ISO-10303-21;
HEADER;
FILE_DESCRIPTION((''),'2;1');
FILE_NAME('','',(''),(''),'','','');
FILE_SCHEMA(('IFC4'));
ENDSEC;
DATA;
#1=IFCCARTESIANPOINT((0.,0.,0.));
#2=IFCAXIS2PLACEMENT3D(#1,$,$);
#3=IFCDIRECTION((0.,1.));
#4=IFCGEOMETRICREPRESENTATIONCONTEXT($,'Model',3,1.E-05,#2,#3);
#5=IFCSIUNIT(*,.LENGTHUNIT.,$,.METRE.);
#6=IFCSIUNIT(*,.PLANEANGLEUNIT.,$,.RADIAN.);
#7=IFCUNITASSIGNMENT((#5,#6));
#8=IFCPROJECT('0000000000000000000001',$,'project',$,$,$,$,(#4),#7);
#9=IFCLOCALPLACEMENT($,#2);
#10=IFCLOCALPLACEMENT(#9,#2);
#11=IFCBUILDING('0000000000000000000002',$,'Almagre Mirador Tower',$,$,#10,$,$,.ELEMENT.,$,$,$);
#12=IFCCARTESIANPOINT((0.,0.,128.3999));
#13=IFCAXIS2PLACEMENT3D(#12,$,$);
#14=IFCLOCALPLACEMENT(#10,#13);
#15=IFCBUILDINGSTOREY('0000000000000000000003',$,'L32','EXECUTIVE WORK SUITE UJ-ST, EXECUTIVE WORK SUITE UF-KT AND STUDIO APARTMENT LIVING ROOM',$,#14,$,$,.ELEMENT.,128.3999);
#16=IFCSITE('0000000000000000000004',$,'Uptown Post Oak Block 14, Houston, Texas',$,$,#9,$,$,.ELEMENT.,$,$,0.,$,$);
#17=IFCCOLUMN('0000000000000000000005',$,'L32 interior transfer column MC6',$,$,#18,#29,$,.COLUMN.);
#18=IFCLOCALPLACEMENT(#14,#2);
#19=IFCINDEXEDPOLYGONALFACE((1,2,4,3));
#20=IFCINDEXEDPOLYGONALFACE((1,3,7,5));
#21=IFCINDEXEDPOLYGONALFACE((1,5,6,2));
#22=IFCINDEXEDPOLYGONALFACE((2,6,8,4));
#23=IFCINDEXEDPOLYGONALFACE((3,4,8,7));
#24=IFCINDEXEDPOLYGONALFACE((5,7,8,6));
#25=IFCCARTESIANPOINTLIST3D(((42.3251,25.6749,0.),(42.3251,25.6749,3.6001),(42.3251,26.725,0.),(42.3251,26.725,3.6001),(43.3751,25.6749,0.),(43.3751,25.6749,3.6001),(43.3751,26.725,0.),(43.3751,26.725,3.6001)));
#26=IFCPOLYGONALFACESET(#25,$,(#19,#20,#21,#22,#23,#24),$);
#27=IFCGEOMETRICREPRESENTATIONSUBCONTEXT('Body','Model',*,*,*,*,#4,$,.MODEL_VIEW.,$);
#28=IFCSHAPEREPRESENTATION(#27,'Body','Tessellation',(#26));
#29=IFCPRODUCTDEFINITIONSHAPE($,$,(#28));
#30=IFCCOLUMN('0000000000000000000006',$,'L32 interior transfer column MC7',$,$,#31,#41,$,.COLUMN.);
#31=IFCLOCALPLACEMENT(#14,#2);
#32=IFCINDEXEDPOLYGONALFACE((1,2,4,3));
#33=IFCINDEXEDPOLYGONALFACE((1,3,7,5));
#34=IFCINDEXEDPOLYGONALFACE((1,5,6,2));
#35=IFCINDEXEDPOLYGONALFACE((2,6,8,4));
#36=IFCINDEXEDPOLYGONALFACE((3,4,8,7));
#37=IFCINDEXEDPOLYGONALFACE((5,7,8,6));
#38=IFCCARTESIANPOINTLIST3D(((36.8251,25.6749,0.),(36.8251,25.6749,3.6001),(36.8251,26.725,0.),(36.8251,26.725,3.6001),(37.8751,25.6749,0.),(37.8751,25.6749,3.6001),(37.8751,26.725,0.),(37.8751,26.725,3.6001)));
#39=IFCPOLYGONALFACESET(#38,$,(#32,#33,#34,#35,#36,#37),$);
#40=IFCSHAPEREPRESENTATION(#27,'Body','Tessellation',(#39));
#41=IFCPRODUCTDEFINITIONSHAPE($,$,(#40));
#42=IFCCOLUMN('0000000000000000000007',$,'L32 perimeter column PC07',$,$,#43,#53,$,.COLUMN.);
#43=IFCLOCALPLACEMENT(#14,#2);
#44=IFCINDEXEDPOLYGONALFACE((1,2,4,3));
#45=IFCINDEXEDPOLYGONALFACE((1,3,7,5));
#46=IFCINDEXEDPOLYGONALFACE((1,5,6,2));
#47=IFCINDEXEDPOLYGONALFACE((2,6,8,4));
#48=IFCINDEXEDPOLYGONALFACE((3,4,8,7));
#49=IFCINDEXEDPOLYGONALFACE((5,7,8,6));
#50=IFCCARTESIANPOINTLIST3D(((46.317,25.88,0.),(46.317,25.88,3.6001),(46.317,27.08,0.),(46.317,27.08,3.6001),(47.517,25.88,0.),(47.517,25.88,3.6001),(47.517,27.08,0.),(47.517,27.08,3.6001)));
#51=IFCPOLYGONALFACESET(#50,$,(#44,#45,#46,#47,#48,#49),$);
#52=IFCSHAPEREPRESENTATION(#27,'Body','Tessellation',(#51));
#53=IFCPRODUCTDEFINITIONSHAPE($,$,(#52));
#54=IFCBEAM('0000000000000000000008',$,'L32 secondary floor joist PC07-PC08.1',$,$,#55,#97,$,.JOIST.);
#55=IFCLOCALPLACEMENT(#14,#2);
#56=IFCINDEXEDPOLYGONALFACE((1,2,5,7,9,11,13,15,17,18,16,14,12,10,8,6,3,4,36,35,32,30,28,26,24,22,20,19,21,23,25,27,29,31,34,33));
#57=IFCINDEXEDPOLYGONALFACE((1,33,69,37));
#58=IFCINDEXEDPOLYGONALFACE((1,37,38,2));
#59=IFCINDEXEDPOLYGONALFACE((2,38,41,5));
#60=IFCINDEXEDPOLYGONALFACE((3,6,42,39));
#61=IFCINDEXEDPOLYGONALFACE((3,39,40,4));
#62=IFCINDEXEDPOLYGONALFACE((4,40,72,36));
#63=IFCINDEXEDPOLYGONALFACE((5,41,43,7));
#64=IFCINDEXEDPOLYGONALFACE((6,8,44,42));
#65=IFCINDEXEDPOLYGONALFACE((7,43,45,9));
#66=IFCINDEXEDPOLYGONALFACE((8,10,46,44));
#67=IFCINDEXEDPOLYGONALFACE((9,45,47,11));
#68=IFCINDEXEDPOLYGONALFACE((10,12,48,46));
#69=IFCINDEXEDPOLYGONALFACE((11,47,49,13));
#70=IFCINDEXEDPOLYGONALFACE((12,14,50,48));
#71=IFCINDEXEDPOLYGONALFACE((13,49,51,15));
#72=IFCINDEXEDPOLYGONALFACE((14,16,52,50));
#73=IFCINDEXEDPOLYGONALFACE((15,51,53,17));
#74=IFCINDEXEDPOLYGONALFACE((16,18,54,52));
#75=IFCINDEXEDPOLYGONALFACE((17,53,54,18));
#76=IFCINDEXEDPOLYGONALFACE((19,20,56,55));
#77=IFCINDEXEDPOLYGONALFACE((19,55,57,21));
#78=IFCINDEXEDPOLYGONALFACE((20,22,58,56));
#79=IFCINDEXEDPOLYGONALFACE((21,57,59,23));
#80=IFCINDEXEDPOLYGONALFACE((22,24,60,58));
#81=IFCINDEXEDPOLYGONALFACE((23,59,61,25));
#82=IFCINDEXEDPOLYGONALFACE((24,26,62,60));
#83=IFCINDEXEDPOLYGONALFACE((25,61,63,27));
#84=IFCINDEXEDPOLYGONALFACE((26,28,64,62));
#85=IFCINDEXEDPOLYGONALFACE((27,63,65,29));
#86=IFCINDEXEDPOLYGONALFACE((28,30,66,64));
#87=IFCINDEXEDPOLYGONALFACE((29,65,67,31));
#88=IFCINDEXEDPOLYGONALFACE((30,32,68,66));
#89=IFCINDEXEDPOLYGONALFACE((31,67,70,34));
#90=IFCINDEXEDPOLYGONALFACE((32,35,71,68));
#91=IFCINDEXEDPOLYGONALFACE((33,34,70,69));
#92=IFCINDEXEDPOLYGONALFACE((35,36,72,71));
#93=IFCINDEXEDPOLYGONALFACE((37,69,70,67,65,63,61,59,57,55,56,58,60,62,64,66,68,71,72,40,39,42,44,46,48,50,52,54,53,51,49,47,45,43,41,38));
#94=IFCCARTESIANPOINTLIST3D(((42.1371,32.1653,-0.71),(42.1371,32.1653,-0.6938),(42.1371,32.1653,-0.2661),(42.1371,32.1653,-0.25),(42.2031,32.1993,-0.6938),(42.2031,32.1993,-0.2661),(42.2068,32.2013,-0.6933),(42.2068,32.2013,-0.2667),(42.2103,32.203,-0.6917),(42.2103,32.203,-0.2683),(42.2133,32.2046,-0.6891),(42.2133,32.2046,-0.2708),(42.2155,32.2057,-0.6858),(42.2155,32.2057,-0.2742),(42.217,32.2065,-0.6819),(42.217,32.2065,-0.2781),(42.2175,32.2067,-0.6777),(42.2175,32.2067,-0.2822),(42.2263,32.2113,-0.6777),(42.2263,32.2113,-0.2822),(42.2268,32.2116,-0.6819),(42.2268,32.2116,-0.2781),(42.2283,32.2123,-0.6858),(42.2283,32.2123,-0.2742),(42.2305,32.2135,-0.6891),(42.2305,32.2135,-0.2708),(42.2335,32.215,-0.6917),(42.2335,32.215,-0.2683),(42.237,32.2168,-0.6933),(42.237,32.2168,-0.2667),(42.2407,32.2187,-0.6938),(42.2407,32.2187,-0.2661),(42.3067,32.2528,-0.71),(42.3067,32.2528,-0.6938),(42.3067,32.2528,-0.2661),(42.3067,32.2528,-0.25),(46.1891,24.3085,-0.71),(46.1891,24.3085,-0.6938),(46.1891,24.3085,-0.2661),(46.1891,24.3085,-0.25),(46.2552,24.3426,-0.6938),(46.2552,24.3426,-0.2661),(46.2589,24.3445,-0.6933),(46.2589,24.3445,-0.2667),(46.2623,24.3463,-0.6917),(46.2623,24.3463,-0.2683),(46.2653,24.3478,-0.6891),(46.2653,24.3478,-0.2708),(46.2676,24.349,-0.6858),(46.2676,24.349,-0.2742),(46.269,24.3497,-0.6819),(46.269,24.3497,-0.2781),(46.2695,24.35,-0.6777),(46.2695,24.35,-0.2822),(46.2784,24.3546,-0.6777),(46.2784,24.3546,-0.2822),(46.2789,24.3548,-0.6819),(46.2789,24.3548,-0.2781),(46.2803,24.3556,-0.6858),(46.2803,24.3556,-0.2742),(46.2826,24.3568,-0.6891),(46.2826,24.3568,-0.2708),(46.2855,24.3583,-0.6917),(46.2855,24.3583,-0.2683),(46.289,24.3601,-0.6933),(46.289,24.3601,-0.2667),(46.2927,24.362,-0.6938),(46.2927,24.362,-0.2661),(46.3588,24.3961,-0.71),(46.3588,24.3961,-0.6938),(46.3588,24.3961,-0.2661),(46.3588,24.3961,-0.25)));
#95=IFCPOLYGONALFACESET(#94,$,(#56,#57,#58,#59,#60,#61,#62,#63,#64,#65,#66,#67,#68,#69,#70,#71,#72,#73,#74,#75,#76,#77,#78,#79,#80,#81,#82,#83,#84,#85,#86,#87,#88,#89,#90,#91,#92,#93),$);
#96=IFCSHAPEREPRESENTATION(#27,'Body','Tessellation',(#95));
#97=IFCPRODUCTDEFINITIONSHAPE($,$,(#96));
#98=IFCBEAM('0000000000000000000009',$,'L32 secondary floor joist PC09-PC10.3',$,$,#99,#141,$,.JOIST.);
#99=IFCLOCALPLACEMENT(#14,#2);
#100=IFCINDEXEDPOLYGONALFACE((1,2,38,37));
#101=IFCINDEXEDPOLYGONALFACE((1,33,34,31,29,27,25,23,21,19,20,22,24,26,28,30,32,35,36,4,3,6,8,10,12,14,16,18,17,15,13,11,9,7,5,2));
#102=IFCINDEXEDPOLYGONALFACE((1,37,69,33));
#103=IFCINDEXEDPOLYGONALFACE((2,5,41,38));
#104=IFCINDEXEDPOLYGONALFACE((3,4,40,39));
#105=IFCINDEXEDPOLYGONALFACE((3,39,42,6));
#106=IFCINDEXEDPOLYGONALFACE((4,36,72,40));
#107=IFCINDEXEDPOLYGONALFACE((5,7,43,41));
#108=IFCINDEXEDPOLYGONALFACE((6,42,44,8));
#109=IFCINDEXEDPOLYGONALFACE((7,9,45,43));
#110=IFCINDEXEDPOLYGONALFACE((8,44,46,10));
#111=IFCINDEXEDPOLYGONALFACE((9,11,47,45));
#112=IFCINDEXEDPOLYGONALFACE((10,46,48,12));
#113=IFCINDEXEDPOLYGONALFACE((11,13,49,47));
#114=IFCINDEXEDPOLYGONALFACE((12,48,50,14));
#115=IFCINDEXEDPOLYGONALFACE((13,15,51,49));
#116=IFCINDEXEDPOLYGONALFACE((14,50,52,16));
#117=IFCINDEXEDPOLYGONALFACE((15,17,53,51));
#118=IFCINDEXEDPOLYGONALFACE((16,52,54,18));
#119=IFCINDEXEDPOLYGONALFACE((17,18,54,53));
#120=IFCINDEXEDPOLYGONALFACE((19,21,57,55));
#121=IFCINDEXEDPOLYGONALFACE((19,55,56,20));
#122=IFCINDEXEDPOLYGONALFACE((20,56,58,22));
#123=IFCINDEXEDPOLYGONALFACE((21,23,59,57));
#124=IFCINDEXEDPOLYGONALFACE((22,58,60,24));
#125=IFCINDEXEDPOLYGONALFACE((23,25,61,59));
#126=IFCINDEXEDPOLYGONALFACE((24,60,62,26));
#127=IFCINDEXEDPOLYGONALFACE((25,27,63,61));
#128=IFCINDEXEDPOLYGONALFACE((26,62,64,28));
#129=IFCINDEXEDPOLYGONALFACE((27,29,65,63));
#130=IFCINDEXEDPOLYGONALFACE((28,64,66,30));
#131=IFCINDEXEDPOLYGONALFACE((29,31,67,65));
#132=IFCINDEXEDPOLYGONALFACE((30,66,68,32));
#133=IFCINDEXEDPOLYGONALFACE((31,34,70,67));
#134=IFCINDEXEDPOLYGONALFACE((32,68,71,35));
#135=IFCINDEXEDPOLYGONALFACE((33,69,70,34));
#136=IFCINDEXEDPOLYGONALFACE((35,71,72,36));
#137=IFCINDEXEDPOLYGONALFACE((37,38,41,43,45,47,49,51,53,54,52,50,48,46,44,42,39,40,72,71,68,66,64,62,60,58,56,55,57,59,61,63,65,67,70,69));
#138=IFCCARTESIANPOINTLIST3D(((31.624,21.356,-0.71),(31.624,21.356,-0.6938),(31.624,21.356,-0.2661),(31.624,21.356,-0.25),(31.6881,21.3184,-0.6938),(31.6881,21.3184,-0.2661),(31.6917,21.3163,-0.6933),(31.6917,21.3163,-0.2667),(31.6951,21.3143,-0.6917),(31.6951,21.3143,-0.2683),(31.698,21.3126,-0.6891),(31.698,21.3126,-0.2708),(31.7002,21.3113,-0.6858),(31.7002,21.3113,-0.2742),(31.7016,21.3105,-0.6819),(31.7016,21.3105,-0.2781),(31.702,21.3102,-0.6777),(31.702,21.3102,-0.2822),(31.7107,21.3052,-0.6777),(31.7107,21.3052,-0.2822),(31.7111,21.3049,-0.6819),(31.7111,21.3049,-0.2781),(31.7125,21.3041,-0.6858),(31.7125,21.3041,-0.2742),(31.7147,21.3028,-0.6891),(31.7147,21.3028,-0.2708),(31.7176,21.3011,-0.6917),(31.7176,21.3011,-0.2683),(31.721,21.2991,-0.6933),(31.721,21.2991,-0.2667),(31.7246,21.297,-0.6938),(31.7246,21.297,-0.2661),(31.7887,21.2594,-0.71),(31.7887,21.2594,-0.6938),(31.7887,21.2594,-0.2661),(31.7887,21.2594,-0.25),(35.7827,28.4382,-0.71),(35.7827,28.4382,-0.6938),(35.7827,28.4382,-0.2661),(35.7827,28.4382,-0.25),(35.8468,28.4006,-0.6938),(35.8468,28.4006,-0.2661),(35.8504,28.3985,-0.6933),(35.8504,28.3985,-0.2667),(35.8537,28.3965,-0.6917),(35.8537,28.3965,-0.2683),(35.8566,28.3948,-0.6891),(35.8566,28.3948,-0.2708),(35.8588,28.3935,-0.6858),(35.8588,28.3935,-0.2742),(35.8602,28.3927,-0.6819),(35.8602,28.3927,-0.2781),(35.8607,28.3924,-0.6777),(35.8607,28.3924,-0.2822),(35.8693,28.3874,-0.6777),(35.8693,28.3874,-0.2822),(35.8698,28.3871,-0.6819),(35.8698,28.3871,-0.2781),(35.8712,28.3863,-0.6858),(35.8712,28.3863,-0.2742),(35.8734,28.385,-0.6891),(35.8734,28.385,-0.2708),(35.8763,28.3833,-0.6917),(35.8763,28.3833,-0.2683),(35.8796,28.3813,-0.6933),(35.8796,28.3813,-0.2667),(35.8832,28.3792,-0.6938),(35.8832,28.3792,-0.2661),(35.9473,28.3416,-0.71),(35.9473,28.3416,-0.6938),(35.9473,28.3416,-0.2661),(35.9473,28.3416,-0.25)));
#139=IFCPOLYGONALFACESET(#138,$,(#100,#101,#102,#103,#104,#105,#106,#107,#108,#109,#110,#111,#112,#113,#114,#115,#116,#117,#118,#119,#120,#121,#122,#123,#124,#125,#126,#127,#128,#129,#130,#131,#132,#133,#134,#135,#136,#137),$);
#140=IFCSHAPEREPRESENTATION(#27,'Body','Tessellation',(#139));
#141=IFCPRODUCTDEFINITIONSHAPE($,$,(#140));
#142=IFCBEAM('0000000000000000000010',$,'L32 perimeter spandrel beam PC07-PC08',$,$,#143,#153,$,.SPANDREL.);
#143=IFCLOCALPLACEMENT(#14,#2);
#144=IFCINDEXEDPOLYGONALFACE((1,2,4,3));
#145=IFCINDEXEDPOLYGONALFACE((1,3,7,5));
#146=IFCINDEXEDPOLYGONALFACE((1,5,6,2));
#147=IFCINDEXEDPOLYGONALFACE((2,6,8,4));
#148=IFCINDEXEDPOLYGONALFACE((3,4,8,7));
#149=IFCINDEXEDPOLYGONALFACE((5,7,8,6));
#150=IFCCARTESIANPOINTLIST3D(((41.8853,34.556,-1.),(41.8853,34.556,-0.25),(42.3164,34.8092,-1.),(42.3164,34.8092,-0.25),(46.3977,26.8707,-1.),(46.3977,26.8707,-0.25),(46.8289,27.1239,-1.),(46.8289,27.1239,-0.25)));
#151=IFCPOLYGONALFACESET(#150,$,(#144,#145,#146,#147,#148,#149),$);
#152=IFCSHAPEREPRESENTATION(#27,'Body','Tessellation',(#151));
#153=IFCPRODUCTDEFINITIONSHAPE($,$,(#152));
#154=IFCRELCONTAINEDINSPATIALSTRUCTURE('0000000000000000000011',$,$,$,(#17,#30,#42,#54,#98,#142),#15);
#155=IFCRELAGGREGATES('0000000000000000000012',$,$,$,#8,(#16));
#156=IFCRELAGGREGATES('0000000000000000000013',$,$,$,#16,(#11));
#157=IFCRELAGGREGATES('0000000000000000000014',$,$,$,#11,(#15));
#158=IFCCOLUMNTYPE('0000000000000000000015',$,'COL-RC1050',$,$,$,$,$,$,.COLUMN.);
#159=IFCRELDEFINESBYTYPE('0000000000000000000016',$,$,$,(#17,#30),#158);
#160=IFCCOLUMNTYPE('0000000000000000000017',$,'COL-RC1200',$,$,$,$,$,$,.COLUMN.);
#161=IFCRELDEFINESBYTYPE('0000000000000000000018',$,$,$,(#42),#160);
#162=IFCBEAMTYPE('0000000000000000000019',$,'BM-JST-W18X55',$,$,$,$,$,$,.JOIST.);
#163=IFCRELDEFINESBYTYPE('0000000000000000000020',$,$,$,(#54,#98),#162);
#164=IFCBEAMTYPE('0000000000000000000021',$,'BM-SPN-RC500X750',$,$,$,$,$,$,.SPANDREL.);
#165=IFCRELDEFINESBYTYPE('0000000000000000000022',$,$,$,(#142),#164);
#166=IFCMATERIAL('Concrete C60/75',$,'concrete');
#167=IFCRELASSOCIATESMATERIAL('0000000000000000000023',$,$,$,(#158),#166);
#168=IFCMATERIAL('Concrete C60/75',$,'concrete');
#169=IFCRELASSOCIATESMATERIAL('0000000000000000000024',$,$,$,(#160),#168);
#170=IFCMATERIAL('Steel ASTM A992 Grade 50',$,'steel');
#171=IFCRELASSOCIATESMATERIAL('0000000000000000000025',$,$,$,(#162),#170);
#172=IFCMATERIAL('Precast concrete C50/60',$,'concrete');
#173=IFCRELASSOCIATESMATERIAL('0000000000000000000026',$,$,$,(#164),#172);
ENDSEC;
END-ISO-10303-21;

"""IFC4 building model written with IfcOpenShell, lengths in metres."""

from ifc_helpers import new_model, si_unit, direction, frame, origin, origin_2d, place, context, subcontext, project, spatial, rectangle, i_section, extrude, material, material_profile, profile_set, type_object, element, save


model = new_model("IFC4")

# Units and contexts
model_context = context("Model", 3, precision=1e-05, world=origin(), true_north=direction((0.0, 1.0)))
body_context = subcontext(model_context, "Body", "Model", "MODEL_VIEW")
ifc_project = project(units=[si_unit("LENGTHUNIT", "METRE"), si_unit("PLANEANGLEUNIT", "RADIAN")], contexts=[model_context])

# Site, building, storey
site_placement = place(None, origin())
site = spatial("IfcSite", under=ifc_project, at=site_placement, Name="Uptown Post Oak Block 14, Houston, Texas", CompositionType="ELEMENT", RefElevation=0.0)
building_placement = place(site_placement, origin())
building = spatial("IfcBuilding", under=site, at=building_placement, Name="Almagre Mirador Tower", CompositionType="ELEMENT")
storey_placement = place(building_placement, frame((0.0, 0.0, 128.3999)))
storey = spatial("IfcBuildingStorey", under=building, at=storey_placement, Name="L32", Description="EXECUTIVE WORK SUITE UJ-ST, EXECUTIVE WORK SUITE UF-KT AND STUDIO APARTMENT LIVING ROOM", CompositionType="ELEMENT", Elevation=128.3999)

# Columns
ifc_material_1 = material(Name="Concrete C60/75", Category="concrete")
ifc_material_profile_1 = material_profile(ifc_material_1, rectangle(XDim=1.05, YDim=1.05, at=origin_2d()), Name="RC1050X1050")
ifc_profile_set_1 = profile_set([ifc_material_profile_1], Name="Concrete C60/75")
column_type_1 = type_object("IfcColumnType", Name="COL-RC1050", PredefinedType="COLUMN", material=ifc_profile_set_1)
for number, where, z_axis, x_axis, name in (
    (1, (42.8501, 26.2, 0.0), (0.0, 0.0, 1.0), (1.0, 0.0, 0.0), "L32 interior transfer column MC6"),
    (2, (37.3501, 26.2, 0.0), (0.0, 0.0, 1.0), (1.0, 0.0, 0.0), "L32 interior transfer column MC7"),
):
    element("IfcColumn", number, at=place(storey_placement, frame(where, z_axis=z_axis, x_axis=x_axis)), inside=storey, type_object=column_type_1, Name=name, PredefinedType="COLUMN", context=body_context, shape_type="SweptSolid", body=[
        extrude(rectangle(XDim=1.05, YDim=1.05, at=origin_2d()), origin(), (0.0, 0.0, 1.0), 3.6001),
    ])
ifc_material_2 = material(Name="Concrete C60/75", Category="concrete")
ifc_material_profile_2 = material_profile(ifc_material_2, rectangle(XDim=1.2, YDim=1.2, at=origin_2d()), Name="RC1200X1200")
ifc_profile_set_2 = profile_set([ifc_material_profile_2], Name="Concrete C60/75")
column_type_2 = type_object("IfcColumnType", Name="COL-RC1200", PredefinedType="COLUMN", material=ifc_profile_set_2)
column_placement = place(storey_placement, frame((46.917, 26.48, 0.0), z_axis=(0.0, 0.0, 1.0), x_axis=(1.0, 0.0, 0.0)))
element("IfcColumn", 3, at=column_placement, inside=storey, type_object=column_type_2, Name="L32 perimeter column PC07", PredefinedType="COLUMN", context=body_context, shape_type="SweptSolid", body=[
    extrude(rectangle(XDim=1.2, YDim=1.2, at=origin_2d()), origin(), (0.0, 0.0, 1.0), 3.6001),
])

# Beams
ifc_material_3 = material(Name="Steel ASTM A992 Grade 50", Category="steel")
ifc_material_profile_3 = material_profile(ifc_material_3, i_section(OverallWidth=0.1909, OverallDepth=0.46, WebThickness=0.01, FlangeThickness=0.0161, FilletRadius=0.0161, at=origin_2d()), Name="W18X55")
ifc_profile_set_3 = profile_set([ifc_material_profile_3], Name="Steel ASTM A992 Grade 50")
beam_type_1 = type_object("IfcBeamType", Name="BM-JST-W18X55", PredefinedType="JOIST", material=ifc_profile_set_3)
beam_1_placement = place(storey_placement, frame((46.2739, 24.3523, -0.48), z_axis=(-0.458369, 0.888762, 0.0), x_axis=(-0.888762, -0.458369, 0.0)))
element("IfcBeam", 4, at=beam_1_placement, inside=storey, type_object=beam_type_1, Name="L32 secondary floor joist PC07-PC08.1", PredefinedType="JOIST", context=body_context, shape_type="SweptSolid", body=[
    extrude(i_section(OverallWidth=0.1909, OverallDepth=0.46, WebThickness=0.01, FlangeThickness=0.0161, FilletRadius=0.0161, at=origin_2d()), origin(), (0.0, 0.0, 1.0), 8.8401),
])
beam_2_placement = place(storey_placement, frame((35.865, 28.3899, -0.48), z_axis=(-0.506355, -0.862325, 0.0), x_axis=(0.862325, -0.506355, 0.0)))
element("IfcBeam", 5, at=beam_2_placement, inside=storey, type_object=beam_type_1, Name="L32 secondary floor joist PC09-PC10.3", PredefinedType="JOIST", context=body_context, shape_type="SweptSolid", body=[
    extrude(i_section(OverallWidth=0.1909, OverallDepth=0.46, WebThickness=0.01, FlangeThickness=0.0161, FilletRadius=0.0161, at=origin_2d()), origin(), (0.0, 0.0, 1.0), 8.2129),
])
ifc_material_4 = material(Name="Precast concrete C50/60", Category="concrete")
ifc_material_profile_4 = material_profile(ifc_material_4, rectangle(XDim=0.5, YDim=0.75, at=origin_2d()), Name="RC500X750")
ifc_profile_set_4 = profile_set([ifc_material_profile_4], Name="Precast concrete C50/60")
beam_type_2 = type_object("IfcBeamType", Name="BM-SPN-RC500X750", PredefinedType="SPANDREL", material=ifc_profile_set_4)
beam_3_placement = place(storey_placement, frame((46.6133, 26.9973, -0.625), z_axis=(-0.506327, 0.862342, 0.0), x_axis=(-0.862342, -0.506327, 0.0)))
element("IfcBeam", 6, at=beam_3_placement, inside=storey, type_object=beam_type_2, Name="L32 perimeter spandrel beam PC07-PC08", PredefinedType="SPANDREL", context=body_context, shape_type="SweptSolid", body=[
    extrude(rectangle(XDim=0.5, YDim=0.75, at=origin_2d()), origin(), (0.0, 0.0, 1.0), 8.9121),
])

save(model, "model.ifc")
